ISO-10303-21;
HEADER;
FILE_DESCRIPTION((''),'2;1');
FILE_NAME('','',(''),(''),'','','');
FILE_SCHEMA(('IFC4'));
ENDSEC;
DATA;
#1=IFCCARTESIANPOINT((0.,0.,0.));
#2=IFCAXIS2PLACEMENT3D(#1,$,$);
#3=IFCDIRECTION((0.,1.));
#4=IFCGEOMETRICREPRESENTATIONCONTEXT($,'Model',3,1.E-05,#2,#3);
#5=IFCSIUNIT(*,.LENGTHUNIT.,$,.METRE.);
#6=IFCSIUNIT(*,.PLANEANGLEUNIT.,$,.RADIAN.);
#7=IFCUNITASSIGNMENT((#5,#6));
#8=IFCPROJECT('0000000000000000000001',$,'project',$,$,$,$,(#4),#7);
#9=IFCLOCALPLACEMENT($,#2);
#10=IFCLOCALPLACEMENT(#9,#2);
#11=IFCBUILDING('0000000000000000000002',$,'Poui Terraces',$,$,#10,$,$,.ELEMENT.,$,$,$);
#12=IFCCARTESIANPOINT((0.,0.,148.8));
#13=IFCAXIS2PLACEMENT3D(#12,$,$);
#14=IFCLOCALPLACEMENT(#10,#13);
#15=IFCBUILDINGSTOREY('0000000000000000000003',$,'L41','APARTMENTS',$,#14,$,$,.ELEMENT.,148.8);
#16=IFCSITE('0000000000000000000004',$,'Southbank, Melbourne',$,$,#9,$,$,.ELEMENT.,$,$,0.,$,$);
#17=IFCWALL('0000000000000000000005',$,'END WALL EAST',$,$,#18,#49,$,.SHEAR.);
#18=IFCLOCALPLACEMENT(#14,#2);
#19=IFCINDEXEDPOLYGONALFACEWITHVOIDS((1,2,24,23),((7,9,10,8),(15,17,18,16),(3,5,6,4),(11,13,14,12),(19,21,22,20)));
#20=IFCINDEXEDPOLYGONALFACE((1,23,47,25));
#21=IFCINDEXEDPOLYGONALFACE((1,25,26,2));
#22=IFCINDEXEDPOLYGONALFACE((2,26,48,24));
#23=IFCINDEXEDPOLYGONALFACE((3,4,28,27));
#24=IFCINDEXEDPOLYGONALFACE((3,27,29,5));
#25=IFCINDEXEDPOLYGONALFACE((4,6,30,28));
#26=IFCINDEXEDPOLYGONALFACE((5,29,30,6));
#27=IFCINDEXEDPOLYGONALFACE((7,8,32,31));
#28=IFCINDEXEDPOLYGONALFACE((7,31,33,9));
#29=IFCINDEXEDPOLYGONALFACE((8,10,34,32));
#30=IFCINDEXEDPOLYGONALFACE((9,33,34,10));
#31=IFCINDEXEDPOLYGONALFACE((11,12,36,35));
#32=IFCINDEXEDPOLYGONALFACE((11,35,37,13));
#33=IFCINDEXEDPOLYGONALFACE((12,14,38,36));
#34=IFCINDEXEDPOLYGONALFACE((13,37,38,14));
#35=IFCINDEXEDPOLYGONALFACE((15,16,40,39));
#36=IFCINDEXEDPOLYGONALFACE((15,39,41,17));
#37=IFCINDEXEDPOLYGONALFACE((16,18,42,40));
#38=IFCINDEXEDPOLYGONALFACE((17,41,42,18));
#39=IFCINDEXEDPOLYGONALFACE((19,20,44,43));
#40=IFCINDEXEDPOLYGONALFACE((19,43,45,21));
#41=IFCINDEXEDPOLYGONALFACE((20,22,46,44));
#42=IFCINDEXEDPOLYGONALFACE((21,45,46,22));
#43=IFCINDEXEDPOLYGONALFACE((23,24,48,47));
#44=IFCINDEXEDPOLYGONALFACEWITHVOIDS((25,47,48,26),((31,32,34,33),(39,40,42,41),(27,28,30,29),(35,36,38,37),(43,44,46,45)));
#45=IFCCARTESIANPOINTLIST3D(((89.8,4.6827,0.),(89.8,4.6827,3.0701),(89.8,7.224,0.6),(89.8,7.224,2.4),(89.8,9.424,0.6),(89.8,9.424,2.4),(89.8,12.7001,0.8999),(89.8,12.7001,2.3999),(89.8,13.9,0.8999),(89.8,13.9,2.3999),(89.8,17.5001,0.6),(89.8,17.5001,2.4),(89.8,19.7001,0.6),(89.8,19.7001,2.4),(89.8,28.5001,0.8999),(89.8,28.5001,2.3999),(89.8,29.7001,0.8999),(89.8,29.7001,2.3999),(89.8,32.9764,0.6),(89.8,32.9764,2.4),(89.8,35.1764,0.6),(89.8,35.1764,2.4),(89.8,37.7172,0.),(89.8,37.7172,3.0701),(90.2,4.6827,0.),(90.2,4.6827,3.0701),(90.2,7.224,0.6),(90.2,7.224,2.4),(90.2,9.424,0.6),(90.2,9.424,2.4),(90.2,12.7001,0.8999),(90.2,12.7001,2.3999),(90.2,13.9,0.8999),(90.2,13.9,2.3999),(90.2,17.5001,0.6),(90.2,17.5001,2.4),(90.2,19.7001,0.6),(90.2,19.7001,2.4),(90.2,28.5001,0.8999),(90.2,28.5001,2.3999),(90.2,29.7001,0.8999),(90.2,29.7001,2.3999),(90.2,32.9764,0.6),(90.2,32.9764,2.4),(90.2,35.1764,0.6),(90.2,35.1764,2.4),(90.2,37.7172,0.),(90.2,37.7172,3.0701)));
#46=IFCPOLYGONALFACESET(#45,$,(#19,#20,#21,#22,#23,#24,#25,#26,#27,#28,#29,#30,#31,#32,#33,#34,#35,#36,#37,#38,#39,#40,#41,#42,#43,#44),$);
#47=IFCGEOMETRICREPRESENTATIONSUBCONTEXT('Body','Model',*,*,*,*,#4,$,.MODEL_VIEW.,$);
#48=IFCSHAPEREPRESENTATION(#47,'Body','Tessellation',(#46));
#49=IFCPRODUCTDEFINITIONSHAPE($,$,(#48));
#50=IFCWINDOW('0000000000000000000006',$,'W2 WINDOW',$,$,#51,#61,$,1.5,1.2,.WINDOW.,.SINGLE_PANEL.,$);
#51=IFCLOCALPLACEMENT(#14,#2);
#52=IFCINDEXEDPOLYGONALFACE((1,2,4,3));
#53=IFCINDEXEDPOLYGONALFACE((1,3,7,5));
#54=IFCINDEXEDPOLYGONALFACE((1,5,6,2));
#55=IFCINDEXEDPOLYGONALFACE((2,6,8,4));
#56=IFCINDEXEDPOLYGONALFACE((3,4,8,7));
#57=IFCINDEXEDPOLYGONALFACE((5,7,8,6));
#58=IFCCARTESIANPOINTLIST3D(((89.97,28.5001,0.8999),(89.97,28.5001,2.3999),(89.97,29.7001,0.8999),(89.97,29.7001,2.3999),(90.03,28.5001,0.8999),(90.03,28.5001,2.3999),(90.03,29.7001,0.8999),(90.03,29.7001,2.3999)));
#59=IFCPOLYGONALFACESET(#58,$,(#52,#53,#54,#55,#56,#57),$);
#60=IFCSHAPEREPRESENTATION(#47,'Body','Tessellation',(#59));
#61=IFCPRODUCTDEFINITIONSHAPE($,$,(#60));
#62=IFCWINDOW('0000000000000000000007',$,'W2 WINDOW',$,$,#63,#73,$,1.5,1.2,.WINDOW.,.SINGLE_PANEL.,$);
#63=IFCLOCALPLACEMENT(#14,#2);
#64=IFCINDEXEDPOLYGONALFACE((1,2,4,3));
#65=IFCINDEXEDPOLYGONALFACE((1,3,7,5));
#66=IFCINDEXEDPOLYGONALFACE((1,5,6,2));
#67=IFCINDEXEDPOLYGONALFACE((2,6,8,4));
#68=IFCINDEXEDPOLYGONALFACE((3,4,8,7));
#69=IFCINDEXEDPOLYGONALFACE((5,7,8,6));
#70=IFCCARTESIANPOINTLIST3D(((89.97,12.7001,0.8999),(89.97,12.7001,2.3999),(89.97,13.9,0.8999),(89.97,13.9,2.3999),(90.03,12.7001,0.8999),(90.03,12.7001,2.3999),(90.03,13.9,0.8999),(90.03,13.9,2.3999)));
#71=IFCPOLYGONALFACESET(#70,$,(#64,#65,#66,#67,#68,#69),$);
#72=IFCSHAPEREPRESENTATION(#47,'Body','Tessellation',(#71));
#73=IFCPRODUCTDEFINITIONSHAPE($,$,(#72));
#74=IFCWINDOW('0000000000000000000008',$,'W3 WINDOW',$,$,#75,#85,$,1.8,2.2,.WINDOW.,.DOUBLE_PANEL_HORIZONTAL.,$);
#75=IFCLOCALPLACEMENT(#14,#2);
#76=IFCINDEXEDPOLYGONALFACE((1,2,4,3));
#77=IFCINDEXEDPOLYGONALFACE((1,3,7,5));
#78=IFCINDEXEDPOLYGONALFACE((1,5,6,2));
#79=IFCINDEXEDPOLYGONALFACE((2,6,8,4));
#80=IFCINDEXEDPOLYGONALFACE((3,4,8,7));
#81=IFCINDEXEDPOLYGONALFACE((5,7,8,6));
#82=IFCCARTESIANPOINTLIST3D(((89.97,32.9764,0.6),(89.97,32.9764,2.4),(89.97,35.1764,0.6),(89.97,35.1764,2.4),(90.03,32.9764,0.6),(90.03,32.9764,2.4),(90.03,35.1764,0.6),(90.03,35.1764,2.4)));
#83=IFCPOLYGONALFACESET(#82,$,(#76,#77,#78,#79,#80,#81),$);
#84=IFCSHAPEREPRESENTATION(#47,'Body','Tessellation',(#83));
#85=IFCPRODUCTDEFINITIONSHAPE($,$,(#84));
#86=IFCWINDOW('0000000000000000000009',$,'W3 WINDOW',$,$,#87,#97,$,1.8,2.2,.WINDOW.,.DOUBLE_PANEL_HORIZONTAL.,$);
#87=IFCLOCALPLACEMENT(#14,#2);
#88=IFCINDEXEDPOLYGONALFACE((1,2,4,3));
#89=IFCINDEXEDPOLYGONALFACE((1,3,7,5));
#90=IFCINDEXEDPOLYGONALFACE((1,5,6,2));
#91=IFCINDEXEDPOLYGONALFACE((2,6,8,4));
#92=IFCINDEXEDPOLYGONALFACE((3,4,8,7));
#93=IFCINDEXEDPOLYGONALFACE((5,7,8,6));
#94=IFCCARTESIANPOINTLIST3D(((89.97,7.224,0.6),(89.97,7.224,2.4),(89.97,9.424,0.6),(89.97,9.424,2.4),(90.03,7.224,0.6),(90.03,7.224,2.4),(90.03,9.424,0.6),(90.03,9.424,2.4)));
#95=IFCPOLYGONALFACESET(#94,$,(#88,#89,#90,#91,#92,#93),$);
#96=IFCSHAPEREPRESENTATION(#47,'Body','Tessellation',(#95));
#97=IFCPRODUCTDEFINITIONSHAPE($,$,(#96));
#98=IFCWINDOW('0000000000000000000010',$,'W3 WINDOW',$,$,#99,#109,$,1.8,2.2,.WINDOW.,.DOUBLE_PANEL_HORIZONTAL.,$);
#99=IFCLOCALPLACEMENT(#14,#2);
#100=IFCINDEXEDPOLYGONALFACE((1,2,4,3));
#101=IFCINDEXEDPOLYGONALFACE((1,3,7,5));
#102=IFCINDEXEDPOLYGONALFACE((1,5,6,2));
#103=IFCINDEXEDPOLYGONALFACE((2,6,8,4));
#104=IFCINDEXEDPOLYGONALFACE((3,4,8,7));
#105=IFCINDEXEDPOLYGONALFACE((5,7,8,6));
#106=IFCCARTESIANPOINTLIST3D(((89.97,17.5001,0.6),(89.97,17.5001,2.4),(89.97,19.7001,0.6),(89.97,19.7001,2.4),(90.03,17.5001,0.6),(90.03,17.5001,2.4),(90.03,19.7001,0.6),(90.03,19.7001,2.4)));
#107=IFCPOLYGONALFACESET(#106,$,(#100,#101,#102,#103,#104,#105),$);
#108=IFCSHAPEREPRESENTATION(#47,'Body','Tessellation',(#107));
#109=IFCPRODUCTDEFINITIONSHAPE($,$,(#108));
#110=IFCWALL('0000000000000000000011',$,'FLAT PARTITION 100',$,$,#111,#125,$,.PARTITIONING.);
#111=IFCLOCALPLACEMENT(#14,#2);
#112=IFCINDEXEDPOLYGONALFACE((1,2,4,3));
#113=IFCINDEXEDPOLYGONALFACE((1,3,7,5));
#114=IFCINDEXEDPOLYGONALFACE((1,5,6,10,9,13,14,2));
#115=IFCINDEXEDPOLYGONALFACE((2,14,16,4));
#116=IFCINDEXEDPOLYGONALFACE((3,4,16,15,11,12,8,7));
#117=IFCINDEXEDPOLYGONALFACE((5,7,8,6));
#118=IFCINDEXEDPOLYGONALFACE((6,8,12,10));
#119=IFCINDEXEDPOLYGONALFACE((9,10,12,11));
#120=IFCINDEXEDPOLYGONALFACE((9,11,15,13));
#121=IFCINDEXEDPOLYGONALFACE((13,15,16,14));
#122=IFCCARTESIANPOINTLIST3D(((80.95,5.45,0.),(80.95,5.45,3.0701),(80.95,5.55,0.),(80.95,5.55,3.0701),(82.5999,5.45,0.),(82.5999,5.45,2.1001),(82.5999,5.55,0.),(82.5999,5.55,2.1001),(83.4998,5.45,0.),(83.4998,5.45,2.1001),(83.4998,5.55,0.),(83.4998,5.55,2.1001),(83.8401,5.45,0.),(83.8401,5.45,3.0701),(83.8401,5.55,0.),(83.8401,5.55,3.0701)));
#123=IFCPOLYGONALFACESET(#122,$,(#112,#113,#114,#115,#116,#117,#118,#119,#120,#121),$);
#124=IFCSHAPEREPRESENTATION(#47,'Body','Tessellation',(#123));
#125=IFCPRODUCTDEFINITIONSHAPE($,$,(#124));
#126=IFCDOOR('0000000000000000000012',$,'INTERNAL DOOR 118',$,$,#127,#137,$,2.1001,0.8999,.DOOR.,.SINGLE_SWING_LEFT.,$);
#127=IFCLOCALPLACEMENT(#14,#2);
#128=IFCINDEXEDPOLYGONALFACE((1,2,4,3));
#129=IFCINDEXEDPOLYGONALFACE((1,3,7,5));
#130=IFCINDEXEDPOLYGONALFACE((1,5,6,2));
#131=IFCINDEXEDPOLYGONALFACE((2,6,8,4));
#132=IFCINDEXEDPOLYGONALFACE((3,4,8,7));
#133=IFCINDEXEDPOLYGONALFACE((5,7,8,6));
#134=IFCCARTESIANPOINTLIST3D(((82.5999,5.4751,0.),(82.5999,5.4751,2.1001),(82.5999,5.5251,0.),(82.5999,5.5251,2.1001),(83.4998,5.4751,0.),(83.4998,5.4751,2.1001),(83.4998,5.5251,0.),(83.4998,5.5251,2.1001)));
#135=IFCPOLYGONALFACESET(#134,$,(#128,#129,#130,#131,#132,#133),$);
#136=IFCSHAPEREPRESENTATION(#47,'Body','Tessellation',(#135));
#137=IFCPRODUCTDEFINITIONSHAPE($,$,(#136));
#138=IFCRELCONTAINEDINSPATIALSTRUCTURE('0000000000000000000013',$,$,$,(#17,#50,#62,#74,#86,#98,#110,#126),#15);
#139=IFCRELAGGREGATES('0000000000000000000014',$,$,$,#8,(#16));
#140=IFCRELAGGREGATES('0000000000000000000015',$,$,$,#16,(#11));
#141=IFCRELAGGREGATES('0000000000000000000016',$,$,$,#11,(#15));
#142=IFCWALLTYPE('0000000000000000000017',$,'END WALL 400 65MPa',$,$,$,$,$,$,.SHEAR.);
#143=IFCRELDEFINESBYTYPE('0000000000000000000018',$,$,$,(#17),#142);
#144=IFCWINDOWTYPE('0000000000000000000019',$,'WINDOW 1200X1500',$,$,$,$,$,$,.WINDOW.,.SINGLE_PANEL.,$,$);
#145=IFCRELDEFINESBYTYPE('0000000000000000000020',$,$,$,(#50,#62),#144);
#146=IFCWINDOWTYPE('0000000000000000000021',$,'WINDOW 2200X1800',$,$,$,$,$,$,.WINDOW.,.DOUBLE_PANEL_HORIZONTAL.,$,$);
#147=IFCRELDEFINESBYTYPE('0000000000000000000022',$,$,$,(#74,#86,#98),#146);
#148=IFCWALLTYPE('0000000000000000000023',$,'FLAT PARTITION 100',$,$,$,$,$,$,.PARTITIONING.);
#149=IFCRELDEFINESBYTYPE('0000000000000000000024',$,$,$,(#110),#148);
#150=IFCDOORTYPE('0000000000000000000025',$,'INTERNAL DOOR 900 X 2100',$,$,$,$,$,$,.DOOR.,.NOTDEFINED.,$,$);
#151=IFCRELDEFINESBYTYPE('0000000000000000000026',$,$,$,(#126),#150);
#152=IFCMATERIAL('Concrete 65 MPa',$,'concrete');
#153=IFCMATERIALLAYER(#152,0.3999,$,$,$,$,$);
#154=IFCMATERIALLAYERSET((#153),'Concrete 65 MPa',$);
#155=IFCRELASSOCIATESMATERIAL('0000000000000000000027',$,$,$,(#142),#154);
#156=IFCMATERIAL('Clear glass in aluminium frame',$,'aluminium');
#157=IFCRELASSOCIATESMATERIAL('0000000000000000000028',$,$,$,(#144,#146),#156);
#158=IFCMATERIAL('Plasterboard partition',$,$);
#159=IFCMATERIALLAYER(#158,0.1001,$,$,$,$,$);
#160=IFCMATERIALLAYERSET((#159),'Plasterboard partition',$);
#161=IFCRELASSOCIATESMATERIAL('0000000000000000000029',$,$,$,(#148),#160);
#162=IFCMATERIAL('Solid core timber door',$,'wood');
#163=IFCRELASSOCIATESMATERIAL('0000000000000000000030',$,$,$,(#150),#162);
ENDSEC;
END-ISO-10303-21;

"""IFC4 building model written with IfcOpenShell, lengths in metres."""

from ifc_helpers import new_model, si_unit, direction, frame, frame_2d, origin, place, context, subcontext, project, spatial, rectangle, extrude, material, layer, layer_set, type_object, element, fill, save


model = new_model("IFC4")

# Units and contexts
model_context = context("Model", 3, precision=1e-05, world=origin(), true_north=direction((0.0, 1.0)))
body_context = subcontext(model_context, "Body", "Model", "MODEL_VIEW")
ifc_project = project(units=[si_unit("LENGTHUNIT", "METRE"), si_unit("PLANEANGLEUNIT", "RADIAN")], contexts=[model_context])

# Site, building, storey
site_placement = place(None, origin())
site = spatial("IfcSite", under=ifc_project, at=site_placement, Name="Southbank, Melbourne", CompositionType="ELEMENT", RefElevation=0.0)
building_placement = place(site_placement, origin())
building = spatial("IfcBuilding", under=site, at=building_placement, Name="Poui Terraces", CompositionType="ELEMENT")
storey_placement = place(building_placement, frame((0.0, 0.0, 148.8)))
storey = spatial("IfcBuildingStorey", under=building, at=storey_placement, Name="L41", Description="APARTMENTS", CompositionType="ELEMENT", Elevation=148.8)

# Shared definitions
ifc_material_1 = material(Name="Concrete 65 MPa", Category="concrete")

# Shared definitions
ifc_material_2 = material(Name="Solid core timber door", Category="wood")

# Wall, openings, windows
ifc_layer_1 = layer(ifc_material_1, 0.3999)
ifc_layer_set_1 = layer_set([ifc_layer_1], Name="Concrete 65 MPa")
wall_type_1 = type_object("IfcWallType", Name="END WALL 400 65MPa", PredefinedType="SHEAR", material=ifc_layer_set_1)
wall_1_placement = place(storey_placement, frame((90.0, 4.6829, 0.0), z_axis=(0.0, 0.0, 1.0), x_axis=(0.0, 1.0, 0.0)))
wall_1 = element("IfcWall", 1, at=wall_1_placement, inside=storey, type_object=wall_type_1, Name="END WALL EAST", PredefinedType="SHEAR", context=body_context, shape_type="SweptSolid", body=[
    extrude(rectangle(XDim=33.0344, YDim=0.3999, at=frame_2d((16.5171, 0.0))), origin(), (0.0, 0.0, 1.0), 3.0701),
])
opening_1_placement = place(wall_1_placement, frame((23.8171, 0.0, 0.8999)))
opening_1 = element("IfcOpeningElement", 2, at=opening_1_placement, cuts=wall_1, PredefinedType="OPENING", context=body_context, shape_type="SweptSolid", body=[
    extrude(rectangle(XDim=1.2, YDim=1.5, at=frame_2d((0.6001, 0.75))), frame((0.0, 0.21, 0.0), z_axis=(0.0, -1.0, 0.0), x_axis=(1.0, 0.0, 0.0)), (0.0, 0.0, 1.0), 0.4199),
])
opening_2_placement = place(wall_1_placement, frame((8.0171, 0.0, 0.8999)))
opening_2 = element("IfcOpeningElement", 3, at=opening_2_placement, cuts=wall_1, PredefinedType="OPENING", context=body_context, shape_type="SweptSolid", body=[
    extrude(rectangle(XDim=1.2, YDim=1.5, at=frame_2d((0.6001, 0.75))), frame((0.0, 0.21, 0.0), z_axis=(0.0, -1.0, 0.0), x_axis=(1.0, 0.0, 0.0)), (0.0, 0.0, 1.0), 0.4199),
])
opening_3_placement = place(wall_1_placement, frame((28.2935, 0.0, 0.6001)))
opening_3 = element("IfcOpeningElement", 4, at=opening_3_placement, cuts=wall_1, PredefinedType="OPENING", context=body_context, shape_type="SweptSolid", body=[
    extrude(rectangle(XDim=2.2, YDim=1.8, at=frame_2d((1.1001, 0.8999))), frame((0.0, 0.21, 0.0), z_axis=(0.0, -1.0, 0.0), x_axis=(1.0, 0.0, 0.0)), (0.0, 0.0, 1.0), 0.4199),
])
opening_4_placement = place(wall_1_placement, frame((2.541, 0.0, 0.6001)))
opening_4 = element("IfcOpeningElement", 5, at=opening_4_placement, cuts=wall_1, PredefinedType="OPENING", context=body_context, shape_type="SweptSolid", body=[
    extrude(rectangle(XDim=2.2, YDim=1.8, at=frame_2d((1.1001, 0.8999))), frame((0.0, 0.21, 0.0), z_axis=(0.0, -1.0, 0.0), x_axis=(1.0, 0.0, 0.0)), (0.0, 0.0, 1.0), 0.4199),
])
opening_5_placement = place(wall_1_placement, frame((12.8171, 0.0, 0.6001)))
opening_5 = element("IfcOpeningElement", 6, at=opening_5_placement, cuts=wall_1, PredefinedType="OPENING", context=body_context, shape_type="SweptSolid", body=[
    extrude(rectangle(XDim=2.2, YDim=1.8, at=frame_2d((1.1001, 0.8999))), frame((0.0, 0.21, 0.0), z_axis=(0.0, -1.0, 0.0), x_axis=(1.0, 0.0, 0.0)), (0.0, 0.0, 1.0), 0.4199),
])
ifc_material_3 = material(Name="Clear glass in aluminium frame", Category="aluminium")
window_type_1 = type_object("IfcWindowType", Name="WINDOW 1200X1500", PartitioningType="SINGLE_PANEL", PredefinedType="WINDOW", material=ifc_material_3)
window_1_placement = place(opening_1_placement, origin())
window_1 = element("IfcWindow", 7, at=window_1_placement, inside=storey, type_object=window_type_1, Name="W2 WINDOW", OverallHeight=1.5, OverallWidth=1.2, PartitioningType="SINGLE_PANEL", PredefinedType="WINDOW", context=body_context, shape_type="SweptSolid", body=[
    extrude(rectangle(XDim=1.2, YDim=1.5, at=frame_2d((0.6001, 0.75))), frame((0.0, 0.03, 0.0), z_axis=(0.0, -1.0, 0.0), x_axis=(1.0, 0.0, 0.0)), (0.0, 0.0, 1.0), 0.0601),
])
fill(opening_1, window_1)
window_2_placement = place(opening_2_placement, origin())
window_2 = element("IfcWindow", 8, at=window_2_placement, inside=storey, type_object=window_type_1, Name="W2 WINDOW", OverallHeight=1.5, OverallWidth=1.2, PartitioningType="SINGLE_PANEL", PredefinedType="WINDOW", context=body_context, shape_type="SweptSolid", body=[
    extrude(rectangle(XDim=1.2, YDim=1.5, at=frame_2d((0.6001, 0.75))), frame((0.0, 0.03, 0.0), z_axis=(0.0, -1.0, 0.0), x_axis=(1.0, 0.0, 0.0)), (0.0, 0.0, 1.0), 0.0601),
])
fill(opening_2, window_2)
window_type_2 = type_object("IfcWindowType", Name="WINDOW 2200X1800", PartitioningType="DOUBLE_PANEL_HORIZONTAL", PredefinedType="WINDOW", material=ifc_material_3)
window_3_placement = place(opening_3_placement, origin())
window_3 = element("IfcWindow", 9, at=window_3_placement, inside=storey, type_object=window_type_2, Name="W3 WINDOW", OverallHeight=1.8, OverallWidth=2.2, PartitioningType="DOUBLE_PANEL_HORIZONTAL", PredefinedType="WINDOW", context=body_context, shape_type="SweptSolid", body=[
    extrude(rectangle(XDim=2.2, YDim=1.8, at=frame_2d((1.1001, 0.8999))), frame((0.0, 0.03, 0.0), z_axis=(0.0, -1.0, 0.0), x_axis=(1.0, 0.0, 0.0)), (0.0, 0.0, 1.0), 0.0601),
])
fill(opening_3, window_3)
window_4_placement = place(opening_4_placement, origin())
window_4 = element("IfcWindow", 10, at=window_4_placement, inside=storey, type_object=window_type_2, Name="W3 WINDOW", OverallHeight=1.8, OverallWidth=2.2, PartitioningType="DOUBLE_PANEL_HORIZONTAL", PredefinedType="WINDOW", context=body_context, shape_type="SweptSolid", body=[
    extrude(rectangle(XDim=2.2, YDim=1.8, at=frame_2d((1.1001, 0.8999))), frame((0.0, 0.03, 0.0), z_axis=(0.0, -1.0, 0.0), x_axis=(1.0, 0.0, 0.0)), (0.0, 0.0, 1.0), 0.0601),
])
fill(opening_4, window_4)
window_5_placement = place(opening_5_placement, origin())
window_5 = element("IfcWindow", 11, at=window_5_placement, inside=storey, type_object=window_type_2, Name="W3 WINDOW", OverallHeight=1.8, OverallWidth=2.2, PartitioningType="DOUBLE_PANEL_HORIZONTAL", PredefinedType="WINDOW", context=body_context, shape_type="SweptSolid", body=[
    extrude(rectangle(XDim=2.2, YDim=1.8, at=frame_2d((1.1001, 0.8999))), frame((0.0, 0.03, 0.0), z_axis=(0.0, -1.0, 0.0), x_axis=(1.0, 0.0, 0.0)), (0.0, 0.0, 1.0), 0.0601),
])
fill(opening_5, window_5)

# Wall, opening, door
ifc_material_4 = material(Name="Plasterboard partition")
ifc_layer_2 = layer(ifc_material_4, 0.1001)
ifc_layer_set_2 = layer_set([ifc_layer_2], Name="Plasterboard partition")
wall_type_2 = type_object("IfcWallType", Name="FLAT PARTITION 100", PredefinedType="PARTITIONING", material=ifc_layer_set_2)
wall_2_placement = place(storey_placement, frame((80.95, 5.5, 0.0), z_axis=(0.0, 0.0, 1.0), x_axis=(1.0, 0.0, 0.0)))
wall_2 = element("IfcWall", 12, at=wall_2_placement, inside=storey, type_object=wall_type_2, Name="FLAT PARTITION 100", PredefinedType="PARTITIONING", context=body_context, shape_type="SweptSolid", body=[
    extrude(rectangle(XDim=2.8901, YDim=0.1001, at=frame_2d((1.4451, 0.0))), origin(), (0.0, 0.0, 1.0), 3.0701),
])
opening_6_placement = place(wall_2_placement, frame((1.6499, 0.0, 0.0)))
opening_6 = element("IfcOpeningElement", 13, at=opening_6_placement, cuts=wall_2, PredefinedType="OPENING", context=body_context, shape_type="SweptSolid", body=[
    extrude(rectangle(XDim=0.8999, YDim=2.1001, at=frame_2d((0.45, 1.05))), frame((0.0, 0.0601, 0.0), z_axis=(0.0, -1.0, 0.0), x_axis=(1.0, 0.0, 0.0)), (0.0, 0.0, 1.0), 0.1201),
])
door_type_1 = type_object("IfcDoorType", Name="INTERNAL DOOR 900 X 2100", OperationType="NOTDEFINED", PredefinedType="DOOR", material=ifc_material_2)
door_1_placement = place(opening_6_placement, frame((0.8999, 0.0, 0.0), z_axis=(0.0, 0.0, 1.0), x_axis=(-1.0, 0.0, 0.0)))
door_1 = element("IfcDoor", 14, at=door_1_placement, inside=storey, type_object=door_type_1, Name="INTERNAL DOOR 118", OperationType="SINGLE_SWING_LEFT", OverallHeight=2.1001, OverallWidth=0.8999, PredefinedType="DOOR", context=body_context, shape_type="SweptSolid", body=[
    extrude(rectangle(XDim=0.8999, YDim=2.1001, at=frame_2d((0.45, 1.05))), frame((0.0, 0.0249, 0.0), z_axis=(0.0, -1.0, 0.0), x_axis=(1.0, 0.0, 0.0)), (0.0, 0.0, 1.0), 0.05),
])
fill(opening_6, door_1)

save(model, "model.ifc")
